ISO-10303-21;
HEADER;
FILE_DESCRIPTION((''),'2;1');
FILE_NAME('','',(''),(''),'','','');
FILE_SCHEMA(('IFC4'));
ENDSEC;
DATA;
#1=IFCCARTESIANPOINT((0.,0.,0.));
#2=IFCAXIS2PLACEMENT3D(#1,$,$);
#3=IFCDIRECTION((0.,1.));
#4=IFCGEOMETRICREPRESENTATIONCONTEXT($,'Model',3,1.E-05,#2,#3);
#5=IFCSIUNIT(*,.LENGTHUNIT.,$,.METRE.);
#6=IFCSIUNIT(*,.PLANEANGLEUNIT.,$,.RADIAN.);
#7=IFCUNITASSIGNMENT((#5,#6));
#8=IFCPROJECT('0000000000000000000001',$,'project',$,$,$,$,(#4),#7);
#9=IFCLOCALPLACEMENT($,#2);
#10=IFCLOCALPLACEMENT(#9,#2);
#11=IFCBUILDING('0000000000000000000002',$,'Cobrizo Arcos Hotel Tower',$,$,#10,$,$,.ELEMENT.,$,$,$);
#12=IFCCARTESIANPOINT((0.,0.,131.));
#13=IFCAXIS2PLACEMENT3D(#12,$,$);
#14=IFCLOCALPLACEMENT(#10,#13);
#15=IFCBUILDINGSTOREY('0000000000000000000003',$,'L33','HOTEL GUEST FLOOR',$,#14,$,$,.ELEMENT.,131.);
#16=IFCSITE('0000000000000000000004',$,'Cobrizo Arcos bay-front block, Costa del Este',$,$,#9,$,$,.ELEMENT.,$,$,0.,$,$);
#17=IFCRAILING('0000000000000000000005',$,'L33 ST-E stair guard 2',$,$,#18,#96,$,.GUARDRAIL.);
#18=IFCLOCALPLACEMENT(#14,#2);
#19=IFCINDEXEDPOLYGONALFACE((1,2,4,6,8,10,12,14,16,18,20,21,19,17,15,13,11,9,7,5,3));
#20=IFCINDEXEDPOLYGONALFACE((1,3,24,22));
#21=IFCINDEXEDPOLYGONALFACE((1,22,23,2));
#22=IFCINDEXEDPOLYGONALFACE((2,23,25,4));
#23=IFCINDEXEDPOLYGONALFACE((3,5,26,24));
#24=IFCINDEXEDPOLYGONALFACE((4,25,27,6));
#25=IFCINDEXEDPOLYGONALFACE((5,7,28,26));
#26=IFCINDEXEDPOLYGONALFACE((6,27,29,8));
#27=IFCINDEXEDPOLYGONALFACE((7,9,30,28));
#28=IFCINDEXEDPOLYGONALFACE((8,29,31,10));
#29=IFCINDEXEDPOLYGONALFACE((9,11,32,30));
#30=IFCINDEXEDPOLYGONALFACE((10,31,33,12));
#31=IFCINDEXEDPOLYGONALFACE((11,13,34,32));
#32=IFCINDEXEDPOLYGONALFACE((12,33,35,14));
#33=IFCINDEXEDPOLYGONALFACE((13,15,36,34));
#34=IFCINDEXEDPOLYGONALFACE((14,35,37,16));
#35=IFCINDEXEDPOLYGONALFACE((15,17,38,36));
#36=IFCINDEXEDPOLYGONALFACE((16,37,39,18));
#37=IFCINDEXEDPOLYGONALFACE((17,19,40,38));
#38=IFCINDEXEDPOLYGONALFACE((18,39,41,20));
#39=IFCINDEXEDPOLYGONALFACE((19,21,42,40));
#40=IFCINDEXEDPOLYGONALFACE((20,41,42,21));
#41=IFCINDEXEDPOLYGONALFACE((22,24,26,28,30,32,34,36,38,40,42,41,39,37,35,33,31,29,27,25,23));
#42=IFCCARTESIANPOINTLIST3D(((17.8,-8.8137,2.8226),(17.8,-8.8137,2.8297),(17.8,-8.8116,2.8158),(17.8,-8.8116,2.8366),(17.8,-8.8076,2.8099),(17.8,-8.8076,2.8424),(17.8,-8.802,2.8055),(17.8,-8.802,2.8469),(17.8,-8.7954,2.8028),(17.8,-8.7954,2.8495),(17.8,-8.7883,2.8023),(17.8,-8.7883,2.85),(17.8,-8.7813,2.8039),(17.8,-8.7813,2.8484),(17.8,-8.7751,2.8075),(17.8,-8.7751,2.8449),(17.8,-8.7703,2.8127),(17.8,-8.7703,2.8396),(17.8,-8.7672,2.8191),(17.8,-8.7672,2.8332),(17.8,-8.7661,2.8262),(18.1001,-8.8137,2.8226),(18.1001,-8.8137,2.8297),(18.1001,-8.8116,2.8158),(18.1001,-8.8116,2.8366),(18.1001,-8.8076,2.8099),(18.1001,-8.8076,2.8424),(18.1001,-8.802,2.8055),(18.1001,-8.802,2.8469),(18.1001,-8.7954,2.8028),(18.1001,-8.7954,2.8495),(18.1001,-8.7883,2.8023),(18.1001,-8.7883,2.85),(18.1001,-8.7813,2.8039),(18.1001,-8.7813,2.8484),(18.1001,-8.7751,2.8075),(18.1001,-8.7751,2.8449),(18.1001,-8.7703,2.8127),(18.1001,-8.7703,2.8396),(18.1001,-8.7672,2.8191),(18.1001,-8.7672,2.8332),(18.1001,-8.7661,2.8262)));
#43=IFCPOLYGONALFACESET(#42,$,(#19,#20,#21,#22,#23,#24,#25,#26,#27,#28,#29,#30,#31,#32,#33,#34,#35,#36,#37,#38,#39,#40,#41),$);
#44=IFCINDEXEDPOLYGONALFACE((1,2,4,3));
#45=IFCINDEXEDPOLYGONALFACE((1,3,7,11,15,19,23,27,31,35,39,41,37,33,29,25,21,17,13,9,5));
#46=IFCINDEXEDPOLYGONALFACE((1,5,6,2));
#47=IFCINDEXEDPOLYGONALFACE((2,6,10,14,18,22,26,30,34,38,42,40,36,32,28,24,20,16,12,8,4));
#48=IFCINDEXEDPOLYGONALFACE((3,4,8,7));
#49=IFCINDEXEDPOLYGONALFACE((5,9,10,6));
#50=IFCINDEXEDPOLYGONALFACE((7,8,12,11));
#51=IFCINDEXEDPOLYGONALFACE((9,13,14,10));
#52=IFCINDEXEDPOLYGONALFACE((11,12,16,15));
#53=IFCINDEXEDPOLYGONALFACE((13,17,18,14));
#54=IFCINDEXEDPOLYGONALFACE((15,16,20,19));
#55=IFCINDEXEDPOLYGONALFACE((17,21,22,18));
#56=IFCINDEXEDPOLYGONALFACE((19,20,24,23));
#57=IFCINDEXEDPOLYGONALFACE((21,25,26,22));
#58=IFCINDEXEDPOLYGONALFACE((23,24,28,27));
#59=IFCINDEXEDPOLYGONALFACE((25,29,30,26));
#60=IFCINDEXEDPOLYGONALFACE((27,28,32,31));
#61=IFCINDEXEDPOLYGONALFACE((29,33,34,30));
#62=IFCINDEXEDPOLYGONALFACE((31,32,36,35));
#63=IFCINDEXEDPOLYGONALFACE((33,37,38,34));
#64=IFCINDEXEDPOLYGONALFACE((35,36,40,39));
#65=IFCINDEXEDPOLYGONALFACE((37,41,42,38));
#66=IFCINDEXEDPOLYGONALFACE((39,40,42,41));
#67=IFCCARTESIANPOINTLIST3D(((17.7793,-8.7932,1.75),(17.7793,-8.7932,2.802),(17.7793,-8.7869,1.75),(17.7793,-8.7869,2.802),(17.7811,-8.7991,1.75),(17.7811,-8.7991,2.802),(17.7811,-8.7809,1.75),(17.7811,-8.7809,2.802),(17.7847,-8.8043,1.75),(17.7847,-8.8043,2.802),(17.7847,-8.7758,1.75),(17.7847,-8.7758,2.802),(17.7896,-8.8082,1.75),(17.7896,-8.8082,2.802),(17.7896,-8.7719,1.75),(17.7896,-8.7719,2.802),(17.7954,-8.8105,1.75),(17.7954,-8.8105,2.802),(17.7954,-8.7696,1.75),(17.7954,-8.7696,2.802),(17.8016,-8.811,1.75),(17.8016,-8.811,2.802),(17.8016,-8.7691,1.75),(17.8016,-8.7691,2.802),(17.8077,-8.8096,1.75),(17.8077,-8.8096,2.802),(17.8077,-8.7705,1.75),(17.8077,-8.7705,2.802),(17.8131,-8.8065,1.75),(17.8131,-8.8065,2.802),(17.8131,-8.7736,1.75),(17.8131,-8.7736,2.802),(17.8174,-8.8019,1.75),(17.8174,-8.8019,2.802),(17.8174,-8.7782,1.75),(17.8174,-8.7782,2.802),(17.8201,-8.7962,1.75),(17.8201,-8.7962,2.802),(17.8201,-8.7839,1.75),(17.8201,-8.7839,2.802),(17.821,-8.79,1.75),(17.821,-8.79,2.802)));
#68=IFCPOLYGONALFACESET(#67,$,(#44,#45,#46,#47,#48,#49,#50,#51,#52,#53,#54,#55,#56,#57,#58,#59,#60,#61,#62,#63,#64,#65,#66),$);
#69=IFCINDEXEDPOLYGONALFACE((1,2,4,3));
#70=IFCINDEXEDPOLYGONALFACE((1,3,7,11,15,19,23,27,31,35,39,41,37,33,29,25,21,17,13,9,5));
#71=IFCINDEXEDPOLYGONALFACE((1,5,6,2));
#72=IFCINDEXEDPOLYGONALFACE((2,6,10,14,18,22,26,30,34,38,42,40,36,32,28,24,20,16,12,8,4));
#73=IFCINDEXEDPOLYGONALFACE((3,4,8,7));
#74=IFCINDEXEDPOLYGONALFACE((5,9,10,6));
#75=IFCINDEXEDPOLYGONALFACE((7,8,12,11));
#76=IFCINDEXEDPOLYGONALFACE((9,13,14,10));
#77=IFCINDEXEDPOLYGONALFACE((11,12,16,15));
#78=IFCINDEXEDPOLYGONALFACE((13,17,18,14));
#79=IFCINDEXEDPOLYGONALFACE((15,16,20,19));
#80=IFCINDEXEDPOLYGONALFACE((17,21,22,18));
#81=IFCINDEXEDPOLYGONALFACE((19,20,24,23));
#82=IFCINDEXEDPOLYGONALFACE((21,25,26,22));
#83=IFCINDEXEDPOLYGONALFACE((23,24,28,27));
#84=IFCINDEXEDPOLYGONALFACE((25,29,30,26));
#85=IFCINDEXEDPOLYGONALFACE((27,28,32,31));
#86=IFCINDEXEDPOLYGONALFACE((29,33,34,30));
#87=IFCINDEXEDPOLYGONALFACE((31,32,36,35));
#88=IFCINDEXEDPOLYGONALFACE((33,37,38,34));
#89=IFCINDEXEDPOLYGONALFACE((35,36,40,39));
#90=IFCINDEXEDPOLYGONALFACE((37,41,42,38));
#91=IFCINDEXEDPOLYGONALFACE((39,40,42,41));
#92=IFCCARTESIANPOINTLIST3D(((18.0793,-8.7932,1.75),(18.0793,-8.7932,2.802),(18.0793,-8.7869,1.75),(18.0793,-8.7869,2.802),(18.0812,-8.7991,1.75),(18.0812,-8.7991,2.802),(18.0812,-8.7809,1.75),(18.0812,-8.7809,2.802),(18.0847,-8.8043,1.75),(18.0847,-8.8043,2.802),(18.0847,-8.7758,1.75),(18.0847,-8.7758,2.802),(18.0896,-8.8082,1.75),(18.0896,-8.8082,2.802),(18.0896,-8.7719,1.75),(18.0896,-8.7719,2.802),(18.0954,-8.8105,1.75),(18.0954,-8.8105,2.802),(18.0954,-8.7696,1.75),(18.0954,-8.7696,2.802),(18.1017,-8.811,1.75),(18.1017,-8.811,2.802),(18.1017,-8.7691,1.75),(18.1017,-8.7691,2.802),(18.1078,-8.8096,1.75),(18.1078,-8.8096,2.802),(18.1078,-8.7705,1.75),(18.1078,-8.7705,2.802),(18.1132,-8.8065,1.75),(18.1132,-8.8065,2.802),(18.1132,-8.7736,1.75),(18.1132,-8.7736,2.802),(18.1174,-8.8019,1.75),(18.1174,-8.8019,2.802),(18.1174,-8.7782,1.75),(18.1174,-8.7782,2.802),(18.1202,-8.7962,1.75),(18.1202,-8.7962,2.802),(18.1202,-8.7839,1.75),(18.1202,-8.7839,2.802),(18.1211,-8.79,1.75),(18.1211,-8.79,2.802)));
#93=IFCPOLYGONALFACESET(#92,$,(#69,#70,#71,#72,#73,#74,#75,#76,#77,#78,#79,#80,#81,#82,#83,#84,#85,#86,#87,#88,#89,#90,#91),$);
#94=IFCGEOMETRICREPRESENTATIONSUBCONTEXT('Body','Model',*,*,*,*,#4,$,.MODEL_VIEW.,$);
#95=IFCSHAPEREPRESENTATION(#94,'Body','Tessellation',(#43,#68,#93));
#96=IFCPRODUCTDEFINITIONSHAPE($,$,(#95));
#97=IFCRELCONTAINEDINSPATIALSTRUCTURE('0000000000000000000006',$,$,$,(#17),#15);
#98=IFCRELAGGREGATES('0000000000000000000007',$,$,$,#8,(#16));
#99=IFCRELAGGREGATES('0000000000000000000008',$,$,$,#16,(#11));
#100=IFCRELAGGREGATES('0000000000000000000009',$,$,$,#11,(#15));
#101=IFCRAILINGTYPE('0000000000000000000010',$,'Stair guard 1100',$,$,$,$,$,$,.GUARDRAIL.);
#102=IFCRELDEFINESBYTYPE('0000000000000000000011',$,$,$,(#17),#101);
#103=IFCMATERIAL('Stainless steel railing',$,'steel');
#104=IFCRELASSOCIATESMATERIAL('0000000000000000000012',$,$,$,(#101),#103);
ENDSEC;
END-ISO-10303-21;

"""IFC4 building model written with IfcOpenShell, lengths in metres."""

from ifc_helpers import new_model, si_unit, direction, frame, origin, origin_2d, place, context, subcontext, project, spatial, circle, extrude, material, type_object, element, save


model = new_model("IFC4")

# Units and contexts
model_context = context("Model", 3, precision=1e-05, world=origin(), true_north=direction((0.0, 1.0)))
body_context = subcontext(model_context, "Body", "Model", "MODEL_VIEW")
ifc_project = project(units=[si_unit("LENGTHUNIT", "METRE"), si_unit("PLANEANGLEUNIT", "RADIAN")], contexts=[model_context])

# Site, building, storey
site_placement = place(None, origin())
site = spatial("IfcSite", under=ifc_project, at=site_placement, Name="Cobrizo Arcos bay-front block, Costa del Este", CompositionType="ELEMENT", RefElevation=0.0)
building_placement = place(site_placement, origin())
building = spatial("IfcBuilding", under=site, at=building_placement, Name="Cobrizo Arcos Hotel Tower", CompositionType="ELEMENT")
storey_placement = place(building_placement, frame((0.0, 0.0, 131.0)))
storey = spatial("IfcBuildingStorey", under=building, at=storey_placement, Name="L33", Description="HOTEL GUEST FLOOR", CompositionType="ELEMENT", Elevation=131.0)

# Railing
ifc_material_1 = material(Name="Stainless steel railing", Category="steel")
railing_type_1 = type_object("IfcRailingType", Name="Stair guard 1100", PredefinedType="GUARDRAIL", material=ifc_material_1)
railing_1_placement = place(storey_placement, frame((17.8, -8.79, 1.75)))
element("IfcRailing", 1, at=railing_1_placement, inside=storey, type_object=railing_type_1, Name="L33 ST-E stair guard 2", PredefinedType="GUARDRAIL", context=body_context, shape_type="SweptSolid", body=[
    extrude(circle(Radius=0.0239, at=origin_2d()), frame((0.0, 0.0, 1.0762), z_axis=(1.0, 0.0, 0.0), x_axis=(0.0, 1.0, 0.0)), (0.0, 0.0, 1.0), 0.3),
    extrude(circle(Radius=0.021, at=origin_2d()), origin(), (0.0, 0.0, 1.0), 1.052),
    extrude(circle(Radius=0.021, at=origin_2d()), frame((0.3, 0.0, 0.0)), (0.0, 0.0, 1.0), 1.052),
])

save(model, "model.ifc")
